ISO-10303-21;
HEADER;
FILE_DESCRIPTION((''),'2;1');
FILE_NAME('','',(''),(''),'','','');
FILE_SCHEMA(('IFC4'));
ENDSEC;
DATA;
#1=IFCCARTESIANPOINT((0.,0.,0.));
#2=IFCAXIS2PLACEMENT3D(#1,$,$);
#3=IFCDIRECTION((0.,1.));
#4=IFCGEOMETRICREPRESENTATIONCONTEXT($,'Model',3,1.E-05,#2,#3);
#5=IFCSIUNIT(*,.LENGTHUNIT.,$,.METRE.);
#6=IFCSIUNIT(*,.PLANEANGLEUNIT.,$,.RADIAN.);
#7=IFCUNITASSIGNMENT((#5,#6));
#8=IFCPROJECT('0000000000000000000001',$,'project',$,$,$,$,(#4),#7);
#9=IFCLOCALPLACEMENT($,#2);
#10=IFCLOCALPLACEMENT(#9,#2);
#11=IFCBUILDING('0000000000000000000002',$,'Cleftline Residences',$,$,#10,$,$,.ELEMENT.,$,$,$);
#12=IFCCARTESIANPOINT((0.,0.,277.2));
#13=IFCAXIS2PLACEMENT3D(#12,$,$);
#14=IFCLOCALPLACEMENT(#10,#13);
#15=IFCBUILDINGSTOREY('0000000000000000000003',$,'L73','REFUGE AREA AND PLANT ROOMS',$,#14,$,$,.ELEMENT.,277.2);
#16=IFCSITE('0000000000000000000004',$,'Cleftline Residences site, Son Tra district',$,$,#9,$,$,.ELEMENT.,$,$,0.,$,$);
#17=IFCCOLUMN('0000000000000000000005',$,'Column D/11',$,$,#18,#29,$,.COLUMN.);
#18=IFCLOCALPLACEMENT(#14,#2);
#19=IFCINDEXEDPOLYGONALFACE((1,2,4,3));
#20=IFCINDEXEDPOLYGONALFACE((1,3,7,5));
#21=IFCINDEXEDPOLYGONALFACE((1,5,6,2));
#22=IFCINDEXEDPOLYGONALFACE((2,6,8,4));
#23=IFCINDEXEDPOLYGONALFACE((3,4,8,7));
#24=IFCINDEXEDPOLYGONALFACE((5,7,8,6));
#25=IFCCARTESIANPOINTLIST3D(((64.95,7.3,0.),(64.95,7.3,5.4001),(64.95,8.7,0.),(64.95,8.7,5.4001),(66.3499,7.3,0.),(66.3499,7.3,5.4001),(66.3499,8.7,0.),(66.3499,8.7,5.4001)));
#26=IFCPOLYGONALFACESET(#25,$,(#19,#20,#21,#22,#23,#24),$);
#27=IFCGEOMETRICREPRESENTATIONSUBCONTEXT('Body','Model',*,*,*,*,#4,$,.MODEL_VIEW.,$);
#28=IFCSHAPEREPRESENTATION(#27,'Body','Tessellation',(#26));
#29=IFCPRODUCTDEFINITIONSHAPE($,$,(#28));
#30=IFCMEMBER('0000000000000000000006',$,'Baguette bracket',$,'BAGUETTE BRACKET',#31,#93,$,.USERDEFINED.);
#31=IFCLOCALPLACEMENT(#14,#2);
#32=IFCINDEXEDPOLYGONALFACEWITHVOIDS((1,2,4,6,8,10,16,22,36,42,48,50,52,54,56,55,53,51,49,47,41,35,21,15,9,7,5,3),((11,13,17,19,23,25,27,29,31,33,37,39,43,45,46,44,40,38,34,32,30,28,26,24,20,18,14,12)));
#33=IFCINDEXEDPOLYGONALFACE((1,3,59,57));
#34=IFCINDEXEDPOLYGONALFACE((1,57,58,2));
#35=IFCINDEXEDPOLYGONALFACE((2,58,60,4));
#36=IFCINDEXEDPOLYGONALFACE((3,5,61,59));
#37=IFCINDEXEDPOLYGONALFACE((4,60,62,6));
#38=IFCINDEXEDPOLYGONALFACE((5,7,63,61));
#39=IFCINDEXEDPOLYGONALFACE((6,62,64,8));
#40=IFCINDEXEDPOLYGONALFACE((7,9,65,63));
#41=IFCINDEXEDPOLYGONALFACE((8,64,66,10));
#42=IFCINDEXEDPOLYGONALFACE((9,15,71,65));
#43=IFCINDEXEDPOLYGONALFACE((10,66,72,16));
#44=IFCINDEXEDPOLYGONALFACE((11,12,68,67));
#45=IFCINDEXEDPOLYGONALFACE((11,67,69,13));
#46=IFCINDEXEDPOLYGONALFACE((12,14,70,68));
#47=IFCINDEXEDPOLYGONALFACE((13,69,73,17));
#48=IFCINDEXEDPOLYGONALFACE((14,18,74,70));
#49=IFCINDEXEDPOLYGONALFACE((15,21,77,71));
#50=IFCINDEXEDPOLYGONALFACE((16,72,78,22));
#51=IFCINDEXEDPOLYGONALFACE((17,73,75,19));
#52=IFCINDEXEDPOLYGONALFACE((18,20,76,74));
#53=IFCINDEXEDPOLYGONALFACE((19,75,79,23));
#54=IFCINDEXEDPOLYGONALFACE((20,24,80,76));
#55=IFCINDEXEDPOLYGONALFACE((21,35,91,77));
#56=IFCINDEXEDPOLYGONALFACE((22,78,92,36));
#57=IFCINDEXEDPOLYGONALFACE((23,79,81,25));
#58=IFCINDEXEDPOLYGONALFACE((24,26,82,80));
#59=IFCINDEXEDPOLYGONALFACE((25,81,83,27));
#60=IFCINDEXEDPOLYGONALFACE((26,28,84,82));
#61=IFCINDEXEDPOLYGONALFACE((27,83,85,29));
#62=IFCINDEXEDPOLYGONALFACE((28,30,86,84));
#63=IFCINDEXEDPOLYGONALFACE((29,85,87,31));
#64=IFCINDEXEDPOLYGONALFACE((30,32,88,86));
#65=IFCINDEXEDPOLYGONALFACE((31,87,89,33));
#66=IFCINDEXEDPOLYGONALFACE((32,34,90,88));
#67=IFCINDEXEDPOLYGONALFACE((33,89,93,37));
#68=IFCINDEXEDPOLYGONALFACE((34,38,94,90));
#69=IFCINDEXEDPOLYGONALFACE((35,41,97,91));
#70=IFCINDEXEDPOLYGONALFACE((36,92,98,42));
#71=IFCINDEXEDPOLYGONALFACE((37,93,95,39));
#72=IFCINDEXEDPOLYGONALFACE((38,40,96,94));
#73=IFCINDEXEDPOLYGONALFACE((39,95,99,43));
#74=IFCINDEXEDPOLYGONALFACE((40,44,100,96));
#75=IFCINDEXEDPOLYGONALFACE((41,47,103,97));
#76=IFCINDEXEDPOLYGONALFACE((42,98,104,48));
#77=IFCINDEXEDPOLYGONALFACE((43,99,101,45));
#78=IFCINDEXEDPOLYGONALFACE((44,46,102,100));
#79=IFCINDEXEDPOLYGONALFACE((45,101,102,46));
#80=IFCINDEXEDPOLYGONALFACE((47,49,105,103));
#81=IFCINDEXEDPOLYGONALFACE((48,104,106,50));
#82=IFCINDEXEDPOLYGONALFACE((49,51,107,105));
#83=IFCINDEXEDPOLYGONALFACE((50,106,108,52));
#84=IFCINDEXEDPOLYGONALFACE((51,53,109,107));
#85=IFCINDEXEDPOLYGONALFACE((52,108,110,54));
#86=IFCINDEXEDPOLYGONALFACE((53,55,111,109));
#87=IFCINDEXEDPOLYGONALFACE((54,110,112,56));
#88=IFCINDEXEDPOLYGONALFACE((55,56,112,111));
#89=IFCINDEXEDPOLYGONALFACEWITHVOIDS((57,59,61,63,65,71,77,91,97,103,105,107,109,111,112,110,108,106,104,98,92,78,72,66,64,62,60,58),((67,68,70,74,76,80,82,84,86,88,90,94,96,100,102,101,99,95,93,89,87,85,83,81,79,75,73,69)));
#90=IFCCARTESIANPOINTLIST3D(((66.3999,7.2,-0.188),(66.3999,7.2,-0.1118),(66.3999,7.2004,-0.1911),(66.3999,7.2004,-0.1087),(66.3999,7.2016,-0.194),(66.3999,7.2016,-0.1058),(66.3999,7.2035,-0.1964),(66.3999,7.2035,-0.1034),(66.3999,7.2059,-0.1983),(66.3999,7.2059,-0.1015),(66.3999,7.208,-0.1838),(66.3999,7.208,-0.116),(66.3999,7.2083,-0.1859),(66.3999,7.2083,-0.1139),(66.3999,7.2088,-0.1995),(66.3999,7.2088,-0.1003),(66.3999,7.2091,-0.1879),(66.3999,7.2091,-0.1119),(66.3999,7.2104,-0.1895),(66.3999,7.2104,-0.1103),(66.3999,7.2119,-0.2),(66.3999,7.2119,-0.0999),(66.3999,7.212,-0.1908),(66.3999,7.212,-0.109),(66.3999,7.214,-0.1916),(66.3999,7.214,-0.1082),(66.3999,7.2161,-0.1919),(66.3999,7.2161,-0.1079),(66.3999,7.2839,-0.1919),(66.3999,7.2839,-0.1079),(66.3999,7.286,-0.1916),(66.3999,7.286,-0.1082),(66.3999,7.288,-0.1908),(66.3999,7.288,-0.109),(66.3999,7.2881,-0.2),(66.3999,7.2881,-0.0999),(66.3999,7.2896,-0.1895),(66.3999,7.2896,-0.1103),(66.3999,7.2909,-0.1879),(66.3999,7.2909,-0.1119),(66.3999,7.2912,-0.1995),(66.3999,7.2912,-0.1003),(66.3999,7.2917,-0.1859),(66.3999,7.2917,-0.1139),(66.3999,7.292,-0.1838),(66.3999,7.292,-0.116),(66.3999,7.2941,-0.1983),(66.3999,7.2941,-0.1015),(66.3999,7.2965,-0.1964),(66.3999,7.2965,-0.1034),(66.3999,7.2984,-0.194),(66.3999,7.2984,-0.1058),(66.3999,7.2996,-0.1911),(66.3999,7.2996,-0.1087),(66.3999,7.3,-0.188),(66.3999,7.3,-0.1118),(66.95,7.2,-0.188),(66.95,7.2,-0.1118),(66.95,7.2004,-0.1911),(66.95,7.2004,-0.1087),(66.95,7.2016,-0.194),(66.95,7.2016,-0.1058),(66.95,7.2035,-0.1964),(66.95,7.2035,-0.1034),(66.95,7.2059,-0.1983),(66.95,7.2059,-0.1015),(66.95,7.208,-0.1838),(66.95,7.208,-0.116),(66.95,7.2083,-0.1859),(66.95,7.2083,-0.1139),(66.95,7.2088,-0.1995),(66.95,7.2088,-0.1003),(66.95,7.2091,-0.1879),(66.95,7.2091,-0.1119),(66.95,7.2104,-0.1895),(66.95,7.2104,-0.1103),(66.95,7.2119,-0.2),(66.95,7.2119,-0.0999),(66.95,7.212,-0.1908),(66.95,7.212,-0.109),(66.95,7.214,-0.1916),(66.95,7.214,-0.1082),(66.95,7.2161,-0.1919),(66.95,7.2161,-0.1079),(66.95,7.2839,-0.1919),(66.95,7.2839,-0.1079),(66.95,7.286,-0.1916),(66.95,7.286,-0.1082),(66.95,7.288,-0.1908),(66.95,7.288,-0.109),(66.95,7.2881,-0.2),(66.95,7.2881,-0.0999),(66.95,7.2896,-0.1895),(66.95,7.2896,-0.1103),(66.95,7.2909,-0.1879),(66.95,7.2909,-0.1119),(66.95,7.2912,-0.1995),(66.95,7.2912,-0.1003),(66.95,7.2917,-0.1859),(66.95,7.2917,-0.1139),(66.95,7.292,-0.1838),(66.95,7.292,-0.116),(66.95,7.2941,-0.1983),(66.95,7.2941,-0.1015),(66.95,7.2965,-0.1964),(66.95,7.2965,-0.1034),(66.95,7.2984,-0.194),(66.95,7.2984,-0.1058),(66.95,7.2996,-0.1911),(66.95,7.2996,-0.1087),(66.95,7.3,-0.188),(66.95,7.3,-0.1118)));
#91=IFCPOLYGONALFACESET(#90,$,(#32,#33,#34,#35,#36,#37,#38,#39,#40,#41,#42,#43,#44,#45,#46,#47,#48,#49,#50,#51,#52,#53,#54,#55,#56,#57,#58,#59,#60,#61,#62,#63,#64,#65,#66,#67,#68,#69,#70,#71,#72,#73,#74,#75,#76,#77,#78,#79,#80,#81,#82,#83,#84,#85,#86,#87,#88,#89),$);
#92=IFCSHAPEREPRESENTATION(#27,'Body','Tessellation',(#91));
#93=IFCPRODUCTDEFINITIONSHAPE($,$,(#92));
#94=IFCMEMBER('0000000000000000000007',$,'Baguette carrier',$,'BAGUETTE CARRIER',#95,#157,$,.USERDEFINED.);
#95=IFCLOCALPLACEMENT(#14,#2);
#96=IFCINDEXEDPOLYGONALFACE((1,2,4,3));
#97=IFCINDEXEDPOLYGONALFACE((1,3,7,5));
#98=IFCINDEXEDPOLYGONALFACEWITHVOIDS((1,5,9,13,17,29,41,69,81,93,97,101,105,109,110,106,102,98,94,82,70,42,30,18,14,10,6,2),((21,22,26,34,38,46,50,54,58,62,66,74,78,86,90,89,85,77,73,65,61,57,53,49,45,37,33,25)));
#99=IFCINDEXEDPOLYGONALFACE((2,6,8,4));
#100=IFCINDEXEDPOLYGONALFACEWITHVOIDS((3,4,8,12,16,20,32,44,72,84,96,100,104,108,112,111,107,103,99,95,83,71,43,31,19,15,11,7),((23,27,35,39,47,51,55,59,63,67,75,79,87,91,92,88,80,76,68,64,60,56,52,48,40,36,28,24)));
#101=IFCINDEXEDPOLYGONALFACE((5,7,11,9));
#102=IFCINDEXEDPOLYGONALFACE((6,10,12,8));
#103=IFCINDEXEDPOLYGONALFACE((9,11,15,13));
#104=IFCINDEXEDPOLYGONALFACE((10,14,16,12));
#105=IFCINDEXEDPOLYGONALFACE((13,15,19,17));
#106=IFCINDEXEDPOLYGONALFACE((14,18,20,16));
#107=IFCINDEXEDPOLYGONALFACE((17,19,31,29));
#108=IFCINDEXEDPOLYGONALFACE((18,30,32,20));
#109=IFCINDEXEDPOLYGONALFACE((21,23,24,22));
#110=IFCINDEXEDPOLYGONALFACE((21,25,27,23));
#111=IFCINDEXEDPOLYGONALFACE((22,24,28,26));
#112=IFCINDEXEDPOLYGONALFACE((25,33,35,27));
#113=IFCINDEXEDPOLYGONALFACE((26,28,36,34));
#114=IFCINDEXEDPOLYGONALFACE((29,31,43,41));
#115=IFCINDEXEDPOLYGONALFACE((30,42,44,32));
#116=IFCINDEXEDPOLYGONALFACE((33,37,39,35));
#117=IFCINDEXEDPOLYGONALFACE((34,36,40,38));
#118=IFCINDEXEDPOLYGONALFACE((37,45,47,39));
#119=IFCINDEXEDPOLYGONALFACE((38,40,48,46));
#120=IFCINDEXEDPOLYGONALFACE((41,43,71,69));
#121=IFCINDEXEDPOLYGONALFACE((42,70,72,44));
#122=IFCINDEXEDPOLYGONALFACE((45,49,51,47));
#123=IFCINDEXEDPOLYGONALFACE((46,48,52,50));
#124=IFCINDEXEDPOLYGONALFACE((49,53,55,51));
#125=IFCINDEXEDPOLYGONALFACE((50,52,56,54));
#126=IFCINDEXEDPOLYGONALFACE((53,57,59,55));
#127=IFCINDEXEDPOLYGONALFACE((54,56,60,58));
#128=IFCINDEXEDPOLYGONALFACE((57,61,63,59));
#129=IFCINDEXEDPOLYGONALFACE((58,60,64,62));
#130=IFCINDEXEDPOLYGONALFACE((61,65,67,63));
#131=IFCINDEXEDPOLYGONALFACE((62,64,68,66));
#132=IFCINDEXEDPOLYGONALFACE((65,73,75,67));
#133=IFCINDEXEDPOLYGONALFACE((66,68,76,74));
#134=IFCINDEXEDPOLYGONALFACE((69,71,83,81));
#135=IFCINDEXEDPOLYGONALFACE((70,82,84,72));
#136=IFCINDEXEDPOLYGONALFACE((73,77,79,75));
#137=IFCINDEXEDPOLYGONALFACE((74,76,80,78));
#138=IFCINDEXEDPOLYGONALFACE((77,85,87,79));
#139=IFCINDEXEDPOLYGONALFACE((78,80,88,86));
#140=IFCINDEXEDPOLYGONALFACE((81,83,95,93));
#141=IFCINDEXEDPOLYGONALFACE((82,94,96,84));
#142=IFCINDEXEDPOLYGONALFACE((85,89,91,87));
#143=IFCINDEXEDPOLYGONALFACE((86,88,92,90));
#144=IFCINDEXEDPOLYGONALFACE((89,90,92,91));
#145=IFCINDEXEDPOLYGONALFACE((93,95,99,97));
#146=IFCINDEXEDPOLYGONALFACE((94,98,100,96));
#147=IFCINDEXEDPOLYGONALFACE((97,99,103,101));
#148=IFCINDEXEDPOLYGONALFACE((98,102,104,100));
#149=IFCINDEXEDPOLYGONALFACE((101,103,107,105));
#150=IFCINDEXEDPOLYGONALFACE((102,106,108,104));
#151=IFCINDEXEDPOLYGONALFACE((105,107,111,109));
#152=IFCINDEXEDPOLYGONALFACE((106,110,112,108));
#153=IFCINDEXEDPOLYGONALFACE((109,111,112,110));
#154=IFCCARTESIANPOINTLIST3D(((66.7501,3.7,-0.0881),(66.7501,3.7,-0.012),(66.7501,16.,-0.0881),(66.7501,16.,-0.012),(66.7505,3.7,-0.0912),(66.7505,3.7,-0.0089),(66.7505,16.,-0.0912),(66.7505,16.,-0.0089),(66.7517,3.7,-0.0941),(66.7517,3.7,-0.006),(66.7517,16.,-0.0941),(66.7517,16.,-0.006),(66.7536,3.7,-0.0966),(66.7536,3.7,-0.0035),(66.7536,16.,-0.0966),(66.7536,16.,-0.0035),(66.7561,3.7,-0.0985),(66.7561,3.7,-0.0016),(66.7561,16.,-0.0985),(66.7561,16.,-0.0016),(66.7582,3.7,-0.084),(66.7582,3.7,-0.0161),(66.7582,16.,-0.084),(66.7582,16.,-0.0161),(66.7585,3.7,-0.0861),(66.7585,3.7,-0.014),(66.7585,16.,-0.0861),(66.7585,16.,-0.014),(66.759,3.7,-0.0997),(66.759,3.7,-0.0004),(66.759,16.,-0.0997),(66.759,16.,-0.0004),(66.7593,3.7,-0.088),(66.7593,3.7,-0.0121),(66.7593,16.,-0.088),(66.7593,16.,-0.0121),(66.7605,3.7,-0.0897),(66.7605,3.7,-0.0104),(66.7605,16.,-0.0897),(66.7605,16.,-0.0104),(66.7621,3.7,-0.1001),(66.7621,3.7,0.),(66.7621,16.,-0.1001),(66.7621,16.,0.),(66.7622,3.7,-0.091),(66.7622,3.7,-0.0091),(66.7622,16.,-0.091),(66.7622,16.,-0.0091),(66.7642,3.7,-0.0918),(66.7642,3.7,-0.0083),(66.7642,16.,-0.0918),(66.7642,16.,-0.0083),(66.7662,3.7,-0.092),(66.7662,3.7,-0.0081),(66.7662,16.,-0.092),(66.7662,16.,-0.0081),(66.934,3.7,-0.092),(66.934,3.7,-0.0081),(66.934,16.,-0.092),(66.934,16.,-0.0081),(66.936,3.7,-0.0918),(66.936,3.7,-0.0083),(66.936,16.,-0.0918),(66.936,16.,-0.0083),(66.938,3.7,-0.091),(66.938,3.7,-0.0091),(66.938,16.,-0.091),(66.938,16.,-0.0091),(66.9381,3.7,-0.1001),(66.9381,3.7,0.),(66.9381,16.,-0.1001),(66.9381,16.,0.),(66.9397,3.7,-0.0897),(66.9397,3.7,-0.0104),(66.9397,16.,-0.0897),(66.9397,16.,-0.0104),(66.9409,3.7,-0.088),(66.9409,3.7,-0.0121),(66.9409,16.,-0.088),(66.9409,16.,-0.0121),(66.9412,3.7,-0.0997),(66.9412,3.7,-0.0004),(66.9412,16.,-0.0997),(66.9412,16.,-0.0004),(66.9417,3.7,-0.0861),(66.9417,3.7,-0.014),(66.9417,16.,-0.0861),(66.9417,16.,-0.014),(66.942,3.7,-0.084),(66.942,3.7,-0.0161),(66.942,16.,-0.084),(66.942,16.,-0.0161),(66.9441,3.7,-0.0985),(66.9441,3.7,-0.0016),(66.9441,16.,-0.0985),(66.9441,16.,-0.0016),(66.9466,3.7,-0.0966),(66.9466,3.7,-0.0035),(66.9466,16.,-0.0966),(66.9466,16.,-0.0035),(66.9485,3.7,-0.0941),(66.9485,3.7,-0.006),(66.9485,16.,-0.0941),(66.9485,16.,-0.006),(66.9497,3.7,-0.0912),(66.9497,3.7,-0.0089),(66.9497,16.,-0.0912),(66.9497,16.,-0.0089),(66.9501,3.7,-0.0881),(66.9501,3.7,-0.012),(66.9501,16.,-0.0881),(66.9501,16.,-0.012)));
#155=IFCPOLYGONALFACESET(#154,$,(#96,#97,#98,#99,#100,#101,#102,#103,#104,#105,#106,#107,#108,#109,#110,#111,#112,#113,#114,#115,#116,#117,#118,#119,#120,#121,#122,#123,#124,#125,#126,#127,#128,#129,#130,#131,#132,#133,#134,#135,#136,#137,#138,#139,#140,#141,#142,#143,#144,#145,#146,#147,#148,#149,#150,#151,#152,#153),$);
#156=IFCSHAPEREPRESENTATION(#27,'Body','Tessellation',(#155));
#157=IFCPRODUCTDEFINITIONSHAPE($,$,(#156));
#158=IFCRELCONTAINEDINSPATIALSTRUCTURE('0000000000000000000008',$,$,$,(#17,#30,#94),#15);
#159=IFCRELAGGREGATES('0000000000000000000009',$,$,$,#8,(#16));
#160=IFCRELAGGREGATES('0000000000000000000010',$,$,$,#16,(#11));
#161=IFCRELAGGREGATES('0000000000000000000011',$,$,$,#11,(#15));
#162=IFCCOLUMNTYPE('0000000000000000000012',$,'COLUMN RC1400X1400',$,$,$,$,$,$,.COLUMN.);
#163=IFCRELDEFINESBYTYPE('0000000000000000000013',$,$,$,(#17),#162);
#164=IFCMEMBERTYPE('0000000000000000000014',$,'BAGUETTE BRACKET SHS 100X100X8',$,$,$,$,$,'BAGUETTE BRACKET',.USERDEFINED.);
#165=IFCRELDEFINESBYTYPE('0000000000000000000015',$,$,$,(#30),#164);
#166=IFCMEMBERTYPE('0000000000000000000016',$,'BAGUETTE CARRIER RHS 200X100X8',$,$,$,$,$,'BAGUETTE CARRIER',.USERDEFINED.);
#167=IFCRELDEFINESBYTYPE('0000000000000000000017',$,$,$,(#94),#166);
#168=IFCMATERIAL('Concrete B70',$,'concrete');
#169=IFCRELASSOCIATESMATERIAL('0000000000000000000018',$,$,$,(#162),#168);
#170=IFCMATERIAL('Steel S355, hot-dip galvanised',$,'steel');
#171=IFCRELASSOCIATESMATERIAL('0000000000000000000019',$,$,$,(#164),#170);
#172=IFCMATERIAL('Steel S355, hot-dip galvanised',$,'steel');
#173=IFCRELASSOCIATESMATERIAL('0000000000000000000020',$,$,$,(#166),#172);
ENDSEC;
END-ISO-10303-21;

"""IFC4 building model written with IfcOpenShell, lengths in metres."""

from ifc_helpers import new_model, si_unit, direction, frame, origin, origin_2d, place, context, subcontext, project, spatial, rectangle, hollow_rectangle, extrude, material, material_profile, profile_set, type_object, element, save


model = new_model("IFC4")

# Units and contexts
model_context = context("Model", 3, precision=1e-05, world=origin(), true_north=direction((0.0, 1.0)))
body_context = subcontext(model_context, "Body", "Model", "MODEL_VIEW")
ifc_project = project(units=[si_unit("LENGTHUNIT", "METRE"), si_unit("PLANEANGLEUNIT", "RADIAN")], contexts=[model_context])

# Site, building, storey
site_placement = place(None, origin())
site = spatial("IfcSite", under=ifc_project, at=site_placement, Name="Cleftline Residences site, Son Tra district", CompositionType="ELEMENT", RefElevation=0.0)
building_placement = place(site_placement, origin())
building = spatial("IfcBuilding", under=site, at=building_placement, Name="Cleftline Residences", CompositionType="ELEMENT")
storey_placement = place(building_placement, frame((0.0, 0.0, 277.2)))
storey = spatial("IfcBuildingStorey", under=building, at=storey_placement, Name="L73", Description="REFUGE AREA AND PLANT ROOMS", CompositionType="ELEMENT", Elevation=277.2)

# Column
ifc_material_1 = material(Name="Concrete B70", Category="concrete")
ifc_material_profile_1 = material_profile(ifc_material_1, rectangle(XDim=1.3999, YDim=1.3999, at=origin_2d()))
ifc_profile_set_1 = profile_set([ifc_material_profile_1], Name="Concrete B70")
column_type = type_object("IfcColumnType", Name="COLUMN RC1400X1400", PredefinedType="COLUMN", material=ifc_profile_set_1)
column_placement = place(storey_placement, frame((65.6499, 8.0, 0.0), z_axis=(0.0, 0.0, 1.0), x_axis=(1.0, 0.0, 0.0)))
element("IfcColumn", 1, at=column_placement, inside=storey, type_object=column_type, Name="Column D/11", PredefinedType="COLUMN", context=body_context, shape_type="SweptSolid", body=[
    extrude(rectangle(XDim=1.3999, YDim=1.3999, at=origin_2d()), origin(), (0.0, 0.0, 1.0), 5.4001),
])

# Members
ifc_material_2 = material(Name="Steel S355, hot-dip galvanised", Category="steel")
ifc_material_profile_2 = material_profile(ifc_material_2, hollow_rectangle(XDim=0.1001, YDim=0.1001, WallThickness=0.0081, InnerFilletRadius=0.0081, OuterFilletRadius=0.012, at=origin_2d()))
ifc_profile_set_2 = profile_set([ifc_material_profile_2], Name="Steel S355, hot-dip galvanised")
member_type_1 = type_object("IfcMemberType", Name="BAGUETTE BRACKET SHS 100X100X8", ElementType="BAGUETTE BRACKET", PredefinedType="USERDEFINED", material=ifc_profile_set_2)
member_1_placement = place(storey_placement, frame((66.3999, 7.25, -0.1499), z_axis=(1.0, 0.0, 0.0), x_axis=(0.0, 1.0, 0.0)))
element("IfcMember", 2, at=member_1_placement, inside=storey, type_object=member_type_1, Name="Baguette bracket", ObjectType="BAGUETTE BRACKET", PredefinedType="USERDEFINED", context=body_context, shape_type="SweptSolid", body=[
    extrude(hollow_rectangle(XDim=0.1001, YDim=0.1001, WallThickness=0.0081, InnerFilletRadius=0.0081, OuterFilletRadius=0.012, at=origin_2d()), origin(), (0.0, 0.0, 1.0), 0.55),
])
ifc_material_3 = material(Name="Steel S355, hot-dip galvanised", Category="steel")
ifc_material_profile_3 = material_profile(ifc_material_3, hollow_rectangle(XDim=0.1001, YDim=0.2, WallThickness=0.0081, InnerFilletRadius=0.0081, OuterFilletRadius=0.012, at=origin_2d()))
ifc_profile_set_3 = profile_set([ifc_material_profile_3], Name="Steel S355, hot-dip galvanised")
member_type_2 = type_object("IfcMemberType", Name="BAGUETTE CARRIER RHS 200X100X8", ElementType="BAGUETTE CARRIER", PredefinedType="USERDEFINED", material=ifc_profile_set_3)
member_2_placement = place(storey_placement, frame((66.8501, 3.7, -0.05), z_axis=(0.0, 1.0, 0.0), x_axis=(0.0, 0.0, 1.0)))
element("IfcMember", 3, at=member_2_placement, inside=storey, type_object=member_type_2, Name="Baguette carrier", ObjectType="BAGUETTE CARRIER", PredefinedType="USERDEFINED", context=body_context, shape_type="SweptSolid", body=[
    extrude(hollow_rectangle(XDim=0.1001, YDim=0.2, WallThickness=0.0081, InnerFilletRadius=0.0081, OuterFilletRadius=0.012, at=origin_2d()), origin(), (0.0, 0.0, 1.0), 12.3),
])

save(model, "model.ifc")
